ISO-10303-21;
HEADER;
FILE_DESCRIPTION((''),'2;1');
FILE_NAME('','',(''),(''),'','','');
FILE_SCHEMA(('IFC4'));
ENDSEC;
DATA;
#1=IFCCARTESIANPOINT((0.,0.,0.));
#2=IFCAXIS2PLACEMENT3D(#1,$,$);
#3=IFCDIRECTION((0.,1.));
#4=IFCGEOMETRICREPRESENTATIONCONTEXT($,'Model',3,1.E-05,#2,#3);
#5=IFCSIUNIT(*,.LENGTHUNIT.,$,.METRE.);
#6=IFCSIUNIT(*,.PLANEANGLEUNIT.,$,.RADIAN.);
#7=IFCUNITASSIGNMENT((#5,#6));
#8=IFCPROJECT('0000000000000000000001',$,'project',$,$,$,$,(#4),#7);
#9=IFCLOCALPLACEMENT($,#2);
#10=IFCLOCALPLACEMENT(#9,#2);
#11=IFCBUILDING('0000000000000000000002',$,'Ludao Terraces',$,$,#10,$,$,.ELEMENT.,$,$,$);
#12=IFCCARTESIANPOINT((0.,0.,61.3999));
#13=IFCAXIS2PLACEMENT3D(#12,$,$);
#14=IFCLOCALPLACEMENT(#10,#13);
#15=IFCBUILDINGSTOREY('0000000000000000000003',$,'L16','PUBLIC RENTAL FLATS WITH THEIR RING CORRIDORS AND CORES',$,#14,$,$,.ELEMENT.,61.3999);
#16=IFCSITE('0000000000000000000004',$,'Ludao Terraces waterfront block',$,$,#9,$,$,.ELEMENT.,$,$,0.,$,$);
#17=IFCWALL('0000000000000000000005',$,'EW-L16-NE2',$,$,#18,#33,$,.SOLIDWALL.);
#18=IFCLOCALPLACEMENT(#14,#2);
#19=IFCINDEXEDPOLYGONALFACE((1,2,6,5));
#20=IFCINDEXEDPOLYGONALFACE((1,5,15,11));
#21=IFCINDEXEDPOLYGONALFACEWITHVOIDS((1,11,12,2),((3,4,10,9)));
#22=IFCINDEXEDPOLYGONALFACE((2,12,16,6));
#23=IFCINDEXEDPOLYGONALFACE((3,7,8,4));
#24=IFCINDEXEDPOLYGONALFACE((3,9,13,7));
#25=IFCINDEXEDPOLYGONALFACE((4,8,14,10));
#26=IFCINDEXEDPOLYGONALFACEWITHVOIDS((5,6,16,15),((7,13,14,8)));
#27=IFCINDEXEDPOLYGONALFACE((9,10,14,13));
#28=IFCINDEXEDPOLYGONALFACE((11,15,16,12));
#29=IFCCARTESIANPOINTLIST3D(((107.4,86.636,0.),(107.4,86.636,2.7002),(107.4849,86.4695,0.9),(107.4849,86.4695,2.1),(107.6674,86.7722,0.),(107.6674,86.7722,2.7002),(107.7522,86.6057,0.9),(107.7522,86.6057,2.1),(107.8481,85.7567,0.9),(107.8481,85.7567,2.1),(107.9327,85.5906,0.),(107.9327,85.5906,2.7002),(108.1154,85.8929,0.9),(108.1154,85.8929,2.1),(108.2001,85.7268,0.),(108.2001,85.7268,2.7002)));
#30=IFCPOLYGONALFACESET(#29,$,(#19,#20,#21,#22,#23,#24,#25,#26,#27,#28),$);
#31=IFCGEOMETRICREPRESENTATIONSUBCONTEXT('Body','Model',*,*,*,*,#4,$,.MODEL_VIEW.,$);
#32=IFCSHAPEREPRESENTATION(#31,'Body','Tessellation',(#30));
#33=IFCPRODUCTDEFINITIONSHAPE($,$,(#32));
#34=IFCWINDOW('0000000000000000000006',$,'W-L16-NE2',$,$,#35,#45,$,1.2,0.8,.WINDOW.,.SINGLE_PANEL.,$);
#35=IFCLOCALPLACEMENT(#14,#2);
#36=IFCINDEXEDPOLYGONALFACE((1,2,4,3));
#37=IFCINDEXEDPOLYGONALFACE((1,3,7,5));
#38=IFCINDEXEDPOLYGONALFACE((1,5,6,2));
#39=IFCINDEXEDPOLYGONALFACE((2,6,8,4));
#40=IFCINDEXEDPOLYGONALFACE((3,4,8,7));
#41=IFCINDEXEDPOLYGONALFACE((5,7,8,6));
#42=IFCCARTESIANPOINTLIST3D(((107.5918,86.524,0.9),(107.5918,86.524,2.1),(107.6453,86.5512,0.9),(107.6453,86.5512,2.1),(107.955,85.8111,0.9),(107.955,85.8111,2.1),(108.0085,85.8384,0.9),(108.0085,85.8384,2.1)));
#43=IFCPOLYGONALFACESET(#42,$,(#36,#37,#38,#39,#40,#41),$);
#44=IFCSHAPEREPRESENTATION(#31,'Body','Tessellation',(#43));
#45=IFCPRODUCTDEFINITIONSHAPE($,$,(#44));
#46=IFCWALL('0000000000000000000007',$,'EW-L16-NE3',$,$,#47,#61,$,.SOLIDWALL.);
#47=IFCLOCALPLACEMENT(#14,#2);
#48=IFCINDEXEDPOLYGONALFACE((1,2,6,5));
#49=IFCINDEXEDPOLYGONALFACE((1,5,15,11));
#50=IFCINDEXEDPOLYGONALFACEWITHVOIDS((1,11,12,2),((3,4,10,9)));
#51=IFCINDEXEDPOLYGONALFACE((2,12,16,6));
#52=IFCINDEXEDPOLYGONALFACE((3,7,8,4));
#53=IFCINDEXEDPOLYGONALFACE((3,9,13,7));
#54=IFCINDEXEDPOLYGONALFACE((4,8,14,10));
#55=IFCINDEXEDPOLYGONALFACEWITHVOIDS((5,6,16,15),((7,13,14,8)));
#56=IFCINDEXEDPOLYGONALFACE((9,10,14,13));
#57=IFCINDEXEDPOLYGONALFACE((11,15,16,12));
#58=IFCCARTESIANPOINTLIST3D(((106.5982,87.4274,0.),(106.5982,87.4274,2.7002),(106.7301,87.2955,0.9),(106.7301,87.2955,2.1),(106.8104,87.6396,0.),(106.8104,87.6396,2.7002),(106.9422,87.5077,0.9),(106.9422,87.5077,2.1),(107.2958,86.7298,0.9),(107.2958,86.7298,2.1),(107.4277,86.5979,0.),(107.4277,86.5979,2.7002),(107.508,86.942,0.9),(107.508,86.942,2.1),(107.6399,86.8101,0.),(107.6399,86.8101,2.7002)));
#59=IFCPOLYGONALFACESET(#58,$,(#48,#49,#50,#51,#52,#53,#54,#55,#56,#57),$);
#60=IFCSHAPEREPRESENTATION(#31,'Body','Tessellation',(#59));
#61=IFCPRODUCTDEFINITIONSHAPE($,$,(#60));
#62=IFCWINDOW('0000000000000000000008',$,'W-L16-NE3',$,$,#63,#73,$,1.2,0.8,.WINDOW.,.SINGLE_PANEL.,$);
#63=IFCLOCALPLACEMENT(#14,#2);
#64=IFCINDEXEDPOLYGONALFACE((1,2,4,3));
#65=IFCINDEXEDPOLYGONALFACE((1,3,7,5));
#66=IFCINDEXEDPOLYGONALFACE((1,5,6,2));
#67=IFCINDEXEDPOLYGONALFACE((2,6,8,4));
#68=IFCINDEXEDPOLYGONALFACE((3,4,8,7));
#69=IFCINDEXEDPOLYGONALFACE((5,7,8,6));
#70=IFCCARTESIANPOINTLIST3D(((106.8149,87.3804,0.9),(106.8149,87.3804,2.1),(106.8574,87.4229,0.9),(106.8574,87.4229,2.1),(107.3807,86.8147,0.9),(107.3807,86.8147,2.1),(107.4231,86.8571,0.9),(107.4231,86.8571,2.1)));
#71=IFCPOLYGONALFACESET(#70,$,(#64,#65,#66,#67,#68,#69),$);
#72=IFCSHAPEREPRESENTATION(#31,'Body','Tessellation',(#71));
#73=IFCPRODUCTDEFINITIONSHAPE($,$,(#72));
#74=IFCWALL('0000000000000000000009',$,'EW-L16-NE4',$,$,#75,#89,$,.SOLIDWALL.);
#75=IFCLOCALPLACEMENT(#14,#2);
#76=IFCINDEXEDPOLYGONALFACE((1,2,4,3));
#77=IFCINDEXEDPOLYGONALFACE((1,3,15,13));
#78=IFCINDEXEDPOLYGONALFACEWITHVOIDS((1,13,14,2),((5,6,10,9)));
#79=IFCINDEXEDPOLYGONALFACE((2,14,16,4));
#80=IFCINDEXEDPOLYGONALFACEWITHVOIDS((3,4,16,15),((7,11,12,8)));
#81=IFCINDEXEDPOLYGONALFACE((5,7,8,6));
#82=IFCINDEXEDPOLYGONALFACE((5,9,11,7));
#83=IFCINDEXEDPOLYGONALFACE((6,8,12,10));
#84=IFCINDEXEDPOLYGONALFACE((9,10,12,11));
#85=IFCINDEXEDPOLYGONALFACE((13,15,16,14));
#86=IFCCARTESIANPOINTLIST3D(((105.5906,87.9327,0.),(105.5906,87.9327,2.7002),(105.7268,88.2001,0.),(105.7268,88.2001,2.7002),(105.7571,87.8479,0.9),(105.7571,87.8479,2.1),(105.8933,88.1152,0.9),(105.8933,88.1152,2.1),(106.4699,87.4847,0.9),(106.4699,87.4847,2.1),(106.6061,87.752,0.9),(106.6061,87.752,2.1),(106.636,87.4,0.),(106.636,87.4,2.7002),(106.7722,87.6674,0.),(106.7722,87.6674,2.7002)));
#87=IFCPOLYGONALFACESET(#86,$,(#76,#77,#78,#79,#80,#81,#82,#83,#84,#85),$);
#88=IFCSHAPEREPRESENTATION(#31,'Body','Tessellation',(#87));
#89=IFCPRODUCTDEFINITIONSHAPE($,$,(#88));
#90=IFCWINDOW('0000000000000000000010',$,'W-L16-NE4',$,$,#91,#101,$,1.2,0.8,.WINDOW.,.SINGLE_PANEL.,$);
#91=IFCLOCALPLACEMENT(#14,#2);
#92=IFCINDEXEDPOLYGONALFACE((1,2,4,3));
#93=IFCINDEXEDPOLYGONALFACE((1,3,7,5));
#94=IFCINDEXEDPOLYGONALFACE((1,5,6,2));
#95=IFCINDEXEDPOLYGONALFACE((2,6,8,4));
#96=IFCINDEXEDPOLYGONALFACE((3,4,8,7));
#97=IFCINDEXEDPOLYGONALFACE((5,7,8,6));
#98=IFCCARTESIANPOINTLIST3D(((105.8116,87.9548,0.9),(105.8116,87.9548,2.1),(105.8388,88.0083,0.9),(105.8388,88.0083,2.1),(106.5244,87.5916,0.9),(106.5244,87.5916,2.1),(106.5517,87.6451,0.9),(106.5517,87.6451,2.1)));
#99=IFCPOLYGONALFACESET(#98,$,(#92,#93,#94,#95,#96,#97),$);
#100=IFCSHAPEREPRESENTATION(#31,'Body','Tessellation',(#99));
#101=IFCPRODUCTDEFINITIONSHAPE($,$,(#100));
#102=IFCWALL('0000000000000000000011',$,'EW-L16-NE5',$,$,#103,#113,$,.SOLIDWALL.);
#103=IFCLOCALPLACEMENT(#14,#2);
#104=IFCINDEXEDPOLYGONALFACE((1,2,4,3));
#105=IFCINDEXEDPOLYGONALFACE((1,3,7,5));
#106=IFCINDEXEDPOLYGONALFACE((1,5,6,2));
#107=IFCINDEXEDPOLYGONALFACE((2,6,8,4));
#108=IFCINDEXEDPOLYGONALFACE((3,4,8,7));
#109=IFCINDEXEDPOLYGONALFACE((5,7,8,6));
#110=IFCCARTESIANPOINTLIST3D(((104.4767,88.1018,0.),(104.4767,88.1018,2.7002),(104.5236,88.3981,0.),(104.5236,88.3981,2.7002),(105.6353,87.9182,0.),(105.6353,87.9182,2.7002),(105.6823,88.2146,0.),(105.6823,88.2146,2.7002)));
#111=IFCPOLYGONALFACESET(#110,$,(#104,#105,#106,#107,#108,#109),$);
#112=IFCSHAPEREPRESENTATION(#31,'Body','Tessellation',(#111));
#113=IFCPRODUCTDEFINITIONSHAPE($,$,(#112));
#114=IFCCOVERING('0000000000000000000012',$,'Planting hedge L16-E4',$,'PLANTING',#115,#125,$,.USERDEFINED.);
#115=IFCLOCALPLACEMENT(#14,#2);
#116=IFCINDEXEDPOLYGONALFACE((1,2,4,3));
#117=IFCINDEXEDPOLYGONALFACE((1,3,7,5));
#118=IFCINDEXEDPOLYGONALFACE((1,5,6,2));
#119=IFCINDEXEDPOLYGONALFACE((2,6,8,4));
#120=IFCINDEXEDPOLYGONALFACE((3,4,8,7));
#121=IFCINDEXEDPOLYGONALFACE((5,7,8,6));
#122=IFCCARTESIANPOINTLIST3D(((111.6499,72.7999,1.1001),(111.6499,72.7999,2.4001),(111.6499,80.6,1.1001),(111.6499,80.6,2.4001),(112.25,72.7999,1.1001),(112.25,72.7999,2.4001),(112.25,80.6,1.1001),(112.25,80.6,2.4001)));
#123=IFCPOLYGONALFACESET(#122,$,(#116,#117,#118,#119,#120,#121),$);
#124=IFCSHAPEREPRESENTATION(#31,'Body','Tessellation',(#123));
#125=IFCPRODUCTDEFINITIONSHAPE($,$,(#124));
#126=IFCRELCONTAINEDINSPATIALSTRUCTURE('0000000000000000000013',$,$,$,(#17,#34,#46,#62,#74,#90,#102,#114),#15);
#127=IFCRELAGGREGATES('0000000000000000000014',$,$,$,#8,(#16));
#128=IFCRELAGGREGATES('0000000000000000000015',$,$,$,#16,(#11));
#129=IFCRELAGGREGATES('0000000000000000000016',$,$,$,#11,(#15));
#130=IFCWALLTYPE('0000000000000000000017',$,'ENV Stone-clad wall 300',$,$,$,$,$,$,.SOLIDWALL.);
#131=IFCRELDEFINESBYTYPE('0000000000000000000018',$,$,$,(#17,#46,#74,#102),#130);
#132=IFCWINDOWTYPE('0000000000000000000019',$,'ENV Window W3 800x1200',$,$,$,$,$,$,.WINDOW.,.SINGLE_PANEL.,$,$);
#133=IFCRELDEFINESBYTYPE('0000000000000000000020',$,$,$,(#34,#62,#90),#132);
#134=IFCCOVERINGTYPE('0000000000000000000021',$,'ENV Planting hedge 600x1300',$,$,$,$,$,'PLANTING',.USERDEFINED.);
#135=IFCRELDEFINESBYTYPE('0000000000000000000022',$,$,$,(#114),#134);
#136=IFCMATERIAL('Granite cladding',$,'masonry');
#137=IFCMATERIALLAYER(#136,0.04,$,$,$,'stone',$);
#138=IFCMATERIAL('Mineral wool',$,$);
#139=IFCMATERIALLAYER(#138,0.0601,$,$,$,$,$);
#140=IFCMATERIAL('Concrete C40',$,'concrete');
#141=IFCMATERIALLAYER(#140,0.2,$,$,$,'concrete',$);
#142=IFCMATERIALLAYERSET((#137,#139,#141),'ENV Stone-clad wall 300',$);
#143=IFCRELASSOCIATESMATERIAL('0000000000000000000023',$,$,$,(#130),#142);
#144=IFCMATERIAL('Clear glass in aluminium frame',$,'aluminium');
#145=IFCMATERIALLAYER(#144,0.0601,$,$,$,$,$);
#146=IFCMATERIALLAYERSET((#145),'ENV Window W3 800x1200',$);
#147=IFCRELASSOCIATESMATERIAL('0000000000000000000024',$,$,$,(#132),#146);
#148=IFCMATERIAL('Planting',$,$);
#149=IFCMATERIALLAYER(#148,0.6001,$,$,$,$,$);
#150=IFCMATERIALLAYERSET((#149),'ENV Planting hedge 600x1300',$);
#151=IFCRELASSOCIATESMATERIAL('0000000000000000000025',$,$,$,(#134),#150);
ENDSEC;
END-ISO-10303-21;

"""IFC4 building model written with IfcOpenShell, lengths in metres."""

from ifc_helpers import new_model, si_unit, direction, frame, frame_2d, origin, origin_2d, place, context, subcontext, project, spatial, rectangle, extrude, material, layer, layer_set, type_object, element, fill, save


model = new_model("IFC4")

# Units and contexts
model_context = context("Model", 3, precision=1e-05, world=origin(), true_north=direction((0.0, 1.0)))
body_context = subcontext(model_context, "Body", "Model", "MODEL_VIEW")
ifc_project = project(units=[si_unit("LENGTHUNIT", "METRE"), si_unit("PLANEANGLEUNIT", "RADIAN")], contexts=[model_context])

# Site, building, storey
site_placement = place(None, origin())
site = spatial("IfcSite", under=ifc_project, at=site_placement, Name="Ludao Terraces waterfront block", CompositionType="ELEMENT", RefElevation=0.0)
building_placement = place(site_placement, origin())
building = spatial("IfcBuilding", under=site, at=building_placement, Name="Ludao Terraces", CompositionType="ELEMENT")
storey_placement = place(building_placement, frame((0.0, 0.0, 61.3999)))
storey = spatial("IfcBuildingStorey", under=building, at=storey_placement, Name="L16", Description="PUBLIC RENTAL FLATS WITH THEIR RING CORRIDORS AND CORES", CompositionType="ELEMENT", Elevation=61.3999)

# Shared definitions
ifc_material_1 = material(Name="Concrete C40", Category="concrete")

# Shared definitions
ifc_material_2 = material(Name="Granite cladding", Category="masonry")
ifc_layer_1 = layer(ifc_material_2, 0.04, Category="stone")
ifc_material_3 = material(Name="Mineral wool")
ifc_layer_2 = layer(ifc_material_3, 0.0601)
ifc_layer_3 = layer(ifc_material_1, 0.2, Category="concrete")
ifc_layer_set_1 = layer_set([ifc_layer_1, ifc_layer_2, ifc_layer_3], Name="ENV Stone-clad wall 300")
wall_type_1 = type_object("IfcWallType", Name="ENV Stone-clad wall 300", PredefinedType="SOLIDWALL", material=ifc_layer_set_1)
ifc_material_4 = material(Name="Clear glass in aluminium frame", Category="aluminium")

# Walls, openings, windows
wall_1_placement = place(storey_placement, frame((108.0664, 85.6587, 0.0), z_axis=(0.0, 0.0, 1.0), x_axis=(-0.454026, 0.890989, 0.0)))
wall_1 = element("IfcWall", 1, at=wall_1_placement, inside=storey, type_object=wall_type_1, Name="EW-L16-NE2", PredefinedType="SOLIDWALL", context=body_context, shape_type="SweptSolid", body=[
    extrude(rectangle(XDim=1.1733, YDim=0.3, at=frame_2d((0.5867, 0.0))), origin(), (0.0, 0.0, 1.0), 2.7002),
])
opening_1_placement = place(wall_1_placement, frame((0.1865, 0.0, 0.8999)))
opening_1 = element("IfcOpeningElement", 2, at=opening_1_placement, cuts=wall_1, PredefinedType="OPENING", context=body_context, shape_type="SweptSolid", body=[
    extrude(rectangle(XDim=0.8, YDim=1.2, at=frame_2d((0.3999, 0.6001))), frame((0.0, 0.1602, 0.0), z_axis=(0.0, -1.0, 0.0), x_axis=(1.0, 0.0, 0.0)), (0.0, 0.0, 1.0), 0.3201),
])
ifc_layer_4 = layer(ifc_material_4, 0.0601)
ifc_layer_set_2 = layer_set([ifc_layer_4], Name="ENV Window W3 800x1200")
window_type_1 = type_object("IfcWindowType", Name="ENV Window W3 800x1200", PartitioningType="SINGLE_PANEL", PredefinedType="WINDOW", material=ifc_layer_set_2)
window_1_placement = place(opening_1_placement, origin())
window_1 = element("IfcWindow", 3, at=window_1_placement, inside=storey, type_object=window_type_1, Name="W-L16-NE2", OverallHeight=1.2, OverallWidth=0.8, PartitioningType="SINGLE_PANEL", PredefinedType="WINDOW", context=body_context, shape_type="SweptSolid", body=[
    extrude(rectangle(XDim=0.8, YDim=1.2, at=frame_2d((0.3999, 0.6001))), frame((0.0, 0.03, 0.0), z_axis=(0.0, -1.0, 0.0), x_axis=(1.0, 0.0, 0.0)), (0.0, 0.0, 1.0), 0.0601),
])
fill(opening_1, window_1)
wall_2_placement = place(storey_placement, frame((107.5337, 86.7041, 0.0), z_axis=(0.0, 0.0, 1.0), x_axis=(-0.707107, 0.707107, 0.0)))
wall_2 = element("IfcWall", 4, at=wall_2_placement, inside=storey, type_object=wall_type_1, Name="EW-L16-NE3", PredefinedType="SOLIDWALL", context=body_context, shape_type="SweptSolid", body=[
    extrude(rectangle(XDim=1.1731, YDim=0.3, at=frame_2d((0.5864, 0.0))), origin(), (0.0, 0.0, 1.0), 2.7002),
])
opening_2_placement = place(wall_2_placement, frame((0.1865, 0.0, 0.8999)))
opening_2 = element("IfcOpeningElement", 5, at=opening_2_placement, cuts=wall_2, PredefinedType="OPENING", context=body_context, shape_type="SweptSolid", body=[
    extrude(rectangle(XDim=0.8, YDim=1.2, at=frame_2d((0.3999, 0.6001))), frame((0.0, 0.1602, 0.0), z_axis=(0.0, -1.0, 0.0), x_axis=(1.0, 0.0, 0.0)), (0.0, 0.0, 1.0), 0.3201),
])
window_2_placement = place(opening_2_placement, origin())
window_2 = element("IfcWindow", 6, at=window_2_placement, inside=storey, type_object=window_type_1, Name="W-L16-NE3", OverallHeight=1.2, OverallWidth=0.8, PartitioningType="SINGLE_PANEL", PredefinedType="WINDOW", context=body_context, shape_type="SweptSolid", body=[
    extrude(rectangle(XDim=0.8, YDim=1.2, at=frame_2d((0.3999, 0.6001))), frame((0.0, 0.03, 0.0), z_axis=(0.0, -1.0, 0.0), x_axis=(1.0, 0.0, 0.0)), (0.0, 0.0, 1.0), 0.0601),
])
fill(opening_2, window_2)
wall_3_placement = place(storey_placement, frame((106.7041, 87.5337, 0.0), z_axis=(0.0, 0.0, 1.0), x_axis=(-0.890989, 0.454026, 0.0)))
wall_3 = element("IfcWall", 7, at=wall_3_placement, inside=storey, type_object=wall_type_1, Name="EW-L16-NE4", PredefinedType="SOLIDWALL", context=body_context, shape_type="SweptSolid", body=[
    extrude(rectangle(XDim=1.1733, YDim=0.3, at=frame_2d((0.5867, 0.0))), origin(), (0.0, 0.0, 1.0), 2.7002),
])
opening_3_placement = place(wall_3_placement, frame((0.1865, 0.0, 0.8999)))
opening_3 = element("IfcOpeningElement", 8, at=opening_3_placement, cuts=wall_3, PredefinedType="OPENING", context=body_context, shape_type="SweptSolid", body=[
    extrude(rectangle(XDim=0.8, YDim=1.2, at=frame_2d((0.3999, 0.6001))), frame((0.0, 0.1602, 0.0), z_axis=(0.0, -1.0, 0.0), x_axis=(1.0, 0.0, 0.0)), (0.0, 0.0, 1.0), 0.3201),
])
window_3_placement = place(opening_3_placement, origin())
window_3 = element("IfcWindow", 9, at=window_3_placement, inside=storey, type_object=window_type_1, Name="W-L16-NE4", OverallHeight=1.2, OverallWidth=0.8, PartitioningType="SINGLE_PANEL", PredefinedType="WINDOW", context=body_context, shape_type="SweptSolid", body=[
    extrude(rectangle(XDim=0.8, YDim=1.2, at=frame_2d((0.3999, 0.6001))), frame((0.0, 0.03, 0.0), z_axis=(0.0, -1.0, 0.0), x_axis=(1.0, 0.0, 0.0)), (0.0, 0.0, 1.0), 0.0601),
])
fill(opening_3, window_3)

# Wall
wall_4_placement = place(storey_placement, frame((105.6587, 88.0664, 0.0), z_axis=(0.0, 0.0, 1.0), x_axis=(-0.987678, 0.156497, 0.0)))
element("IfcWall", 10, at=wall_4_placement, inside=storey, type_object=wall_type_1, Name="EW-L16-NE5", PredefinedType="SOLIDWALL", context=body_context, shape_type="SweptSolid", body=[
    extrude(rectangle(XDim=1.1731, YDim=0.3, at=frame_2d((0.5864, 0.0))), origin(), (0.0, 0.0, 1.0), 2.7002),
])

# Covering
ifc_material_5 = material(Name="Planting")
ifc_layer_5 = layer(ifc_material_5, 0.6001)
ifc_layer_set_3 = layer_set([ifc_layer_5], Name="ENV Planting hedge 600x1300")
covering_type = type_object("IfcCoveringType", Name="ENV Planting hedge 600x1300", ElementType="PLANTING", PredefinedType="USERDEFINED", material=ifc_layer_set_3)
covering_placement = place(storey_placement, frame((111.95, 76.7, 1.1001), z_axis=(0.0, 0.0, 1.0), x_axis=(1.0, 0.0, 0.0)))
element("IfcCovering", 11, at=covering_placement, inside=storey, type_object=covering_type, Name="Planting hedge L16-E4", ObjectType="PLANTING", PredefinedType="USERDEFINED", context=body_context, shape_type="SweptSolid", body=[
    extrude(rectangle(XDim=0.6001, YDim=7.8, at=origin_2d()), origin(), (0.0, 0.0, 1.0), 1.3),
])

save(model, "model.ifc")
